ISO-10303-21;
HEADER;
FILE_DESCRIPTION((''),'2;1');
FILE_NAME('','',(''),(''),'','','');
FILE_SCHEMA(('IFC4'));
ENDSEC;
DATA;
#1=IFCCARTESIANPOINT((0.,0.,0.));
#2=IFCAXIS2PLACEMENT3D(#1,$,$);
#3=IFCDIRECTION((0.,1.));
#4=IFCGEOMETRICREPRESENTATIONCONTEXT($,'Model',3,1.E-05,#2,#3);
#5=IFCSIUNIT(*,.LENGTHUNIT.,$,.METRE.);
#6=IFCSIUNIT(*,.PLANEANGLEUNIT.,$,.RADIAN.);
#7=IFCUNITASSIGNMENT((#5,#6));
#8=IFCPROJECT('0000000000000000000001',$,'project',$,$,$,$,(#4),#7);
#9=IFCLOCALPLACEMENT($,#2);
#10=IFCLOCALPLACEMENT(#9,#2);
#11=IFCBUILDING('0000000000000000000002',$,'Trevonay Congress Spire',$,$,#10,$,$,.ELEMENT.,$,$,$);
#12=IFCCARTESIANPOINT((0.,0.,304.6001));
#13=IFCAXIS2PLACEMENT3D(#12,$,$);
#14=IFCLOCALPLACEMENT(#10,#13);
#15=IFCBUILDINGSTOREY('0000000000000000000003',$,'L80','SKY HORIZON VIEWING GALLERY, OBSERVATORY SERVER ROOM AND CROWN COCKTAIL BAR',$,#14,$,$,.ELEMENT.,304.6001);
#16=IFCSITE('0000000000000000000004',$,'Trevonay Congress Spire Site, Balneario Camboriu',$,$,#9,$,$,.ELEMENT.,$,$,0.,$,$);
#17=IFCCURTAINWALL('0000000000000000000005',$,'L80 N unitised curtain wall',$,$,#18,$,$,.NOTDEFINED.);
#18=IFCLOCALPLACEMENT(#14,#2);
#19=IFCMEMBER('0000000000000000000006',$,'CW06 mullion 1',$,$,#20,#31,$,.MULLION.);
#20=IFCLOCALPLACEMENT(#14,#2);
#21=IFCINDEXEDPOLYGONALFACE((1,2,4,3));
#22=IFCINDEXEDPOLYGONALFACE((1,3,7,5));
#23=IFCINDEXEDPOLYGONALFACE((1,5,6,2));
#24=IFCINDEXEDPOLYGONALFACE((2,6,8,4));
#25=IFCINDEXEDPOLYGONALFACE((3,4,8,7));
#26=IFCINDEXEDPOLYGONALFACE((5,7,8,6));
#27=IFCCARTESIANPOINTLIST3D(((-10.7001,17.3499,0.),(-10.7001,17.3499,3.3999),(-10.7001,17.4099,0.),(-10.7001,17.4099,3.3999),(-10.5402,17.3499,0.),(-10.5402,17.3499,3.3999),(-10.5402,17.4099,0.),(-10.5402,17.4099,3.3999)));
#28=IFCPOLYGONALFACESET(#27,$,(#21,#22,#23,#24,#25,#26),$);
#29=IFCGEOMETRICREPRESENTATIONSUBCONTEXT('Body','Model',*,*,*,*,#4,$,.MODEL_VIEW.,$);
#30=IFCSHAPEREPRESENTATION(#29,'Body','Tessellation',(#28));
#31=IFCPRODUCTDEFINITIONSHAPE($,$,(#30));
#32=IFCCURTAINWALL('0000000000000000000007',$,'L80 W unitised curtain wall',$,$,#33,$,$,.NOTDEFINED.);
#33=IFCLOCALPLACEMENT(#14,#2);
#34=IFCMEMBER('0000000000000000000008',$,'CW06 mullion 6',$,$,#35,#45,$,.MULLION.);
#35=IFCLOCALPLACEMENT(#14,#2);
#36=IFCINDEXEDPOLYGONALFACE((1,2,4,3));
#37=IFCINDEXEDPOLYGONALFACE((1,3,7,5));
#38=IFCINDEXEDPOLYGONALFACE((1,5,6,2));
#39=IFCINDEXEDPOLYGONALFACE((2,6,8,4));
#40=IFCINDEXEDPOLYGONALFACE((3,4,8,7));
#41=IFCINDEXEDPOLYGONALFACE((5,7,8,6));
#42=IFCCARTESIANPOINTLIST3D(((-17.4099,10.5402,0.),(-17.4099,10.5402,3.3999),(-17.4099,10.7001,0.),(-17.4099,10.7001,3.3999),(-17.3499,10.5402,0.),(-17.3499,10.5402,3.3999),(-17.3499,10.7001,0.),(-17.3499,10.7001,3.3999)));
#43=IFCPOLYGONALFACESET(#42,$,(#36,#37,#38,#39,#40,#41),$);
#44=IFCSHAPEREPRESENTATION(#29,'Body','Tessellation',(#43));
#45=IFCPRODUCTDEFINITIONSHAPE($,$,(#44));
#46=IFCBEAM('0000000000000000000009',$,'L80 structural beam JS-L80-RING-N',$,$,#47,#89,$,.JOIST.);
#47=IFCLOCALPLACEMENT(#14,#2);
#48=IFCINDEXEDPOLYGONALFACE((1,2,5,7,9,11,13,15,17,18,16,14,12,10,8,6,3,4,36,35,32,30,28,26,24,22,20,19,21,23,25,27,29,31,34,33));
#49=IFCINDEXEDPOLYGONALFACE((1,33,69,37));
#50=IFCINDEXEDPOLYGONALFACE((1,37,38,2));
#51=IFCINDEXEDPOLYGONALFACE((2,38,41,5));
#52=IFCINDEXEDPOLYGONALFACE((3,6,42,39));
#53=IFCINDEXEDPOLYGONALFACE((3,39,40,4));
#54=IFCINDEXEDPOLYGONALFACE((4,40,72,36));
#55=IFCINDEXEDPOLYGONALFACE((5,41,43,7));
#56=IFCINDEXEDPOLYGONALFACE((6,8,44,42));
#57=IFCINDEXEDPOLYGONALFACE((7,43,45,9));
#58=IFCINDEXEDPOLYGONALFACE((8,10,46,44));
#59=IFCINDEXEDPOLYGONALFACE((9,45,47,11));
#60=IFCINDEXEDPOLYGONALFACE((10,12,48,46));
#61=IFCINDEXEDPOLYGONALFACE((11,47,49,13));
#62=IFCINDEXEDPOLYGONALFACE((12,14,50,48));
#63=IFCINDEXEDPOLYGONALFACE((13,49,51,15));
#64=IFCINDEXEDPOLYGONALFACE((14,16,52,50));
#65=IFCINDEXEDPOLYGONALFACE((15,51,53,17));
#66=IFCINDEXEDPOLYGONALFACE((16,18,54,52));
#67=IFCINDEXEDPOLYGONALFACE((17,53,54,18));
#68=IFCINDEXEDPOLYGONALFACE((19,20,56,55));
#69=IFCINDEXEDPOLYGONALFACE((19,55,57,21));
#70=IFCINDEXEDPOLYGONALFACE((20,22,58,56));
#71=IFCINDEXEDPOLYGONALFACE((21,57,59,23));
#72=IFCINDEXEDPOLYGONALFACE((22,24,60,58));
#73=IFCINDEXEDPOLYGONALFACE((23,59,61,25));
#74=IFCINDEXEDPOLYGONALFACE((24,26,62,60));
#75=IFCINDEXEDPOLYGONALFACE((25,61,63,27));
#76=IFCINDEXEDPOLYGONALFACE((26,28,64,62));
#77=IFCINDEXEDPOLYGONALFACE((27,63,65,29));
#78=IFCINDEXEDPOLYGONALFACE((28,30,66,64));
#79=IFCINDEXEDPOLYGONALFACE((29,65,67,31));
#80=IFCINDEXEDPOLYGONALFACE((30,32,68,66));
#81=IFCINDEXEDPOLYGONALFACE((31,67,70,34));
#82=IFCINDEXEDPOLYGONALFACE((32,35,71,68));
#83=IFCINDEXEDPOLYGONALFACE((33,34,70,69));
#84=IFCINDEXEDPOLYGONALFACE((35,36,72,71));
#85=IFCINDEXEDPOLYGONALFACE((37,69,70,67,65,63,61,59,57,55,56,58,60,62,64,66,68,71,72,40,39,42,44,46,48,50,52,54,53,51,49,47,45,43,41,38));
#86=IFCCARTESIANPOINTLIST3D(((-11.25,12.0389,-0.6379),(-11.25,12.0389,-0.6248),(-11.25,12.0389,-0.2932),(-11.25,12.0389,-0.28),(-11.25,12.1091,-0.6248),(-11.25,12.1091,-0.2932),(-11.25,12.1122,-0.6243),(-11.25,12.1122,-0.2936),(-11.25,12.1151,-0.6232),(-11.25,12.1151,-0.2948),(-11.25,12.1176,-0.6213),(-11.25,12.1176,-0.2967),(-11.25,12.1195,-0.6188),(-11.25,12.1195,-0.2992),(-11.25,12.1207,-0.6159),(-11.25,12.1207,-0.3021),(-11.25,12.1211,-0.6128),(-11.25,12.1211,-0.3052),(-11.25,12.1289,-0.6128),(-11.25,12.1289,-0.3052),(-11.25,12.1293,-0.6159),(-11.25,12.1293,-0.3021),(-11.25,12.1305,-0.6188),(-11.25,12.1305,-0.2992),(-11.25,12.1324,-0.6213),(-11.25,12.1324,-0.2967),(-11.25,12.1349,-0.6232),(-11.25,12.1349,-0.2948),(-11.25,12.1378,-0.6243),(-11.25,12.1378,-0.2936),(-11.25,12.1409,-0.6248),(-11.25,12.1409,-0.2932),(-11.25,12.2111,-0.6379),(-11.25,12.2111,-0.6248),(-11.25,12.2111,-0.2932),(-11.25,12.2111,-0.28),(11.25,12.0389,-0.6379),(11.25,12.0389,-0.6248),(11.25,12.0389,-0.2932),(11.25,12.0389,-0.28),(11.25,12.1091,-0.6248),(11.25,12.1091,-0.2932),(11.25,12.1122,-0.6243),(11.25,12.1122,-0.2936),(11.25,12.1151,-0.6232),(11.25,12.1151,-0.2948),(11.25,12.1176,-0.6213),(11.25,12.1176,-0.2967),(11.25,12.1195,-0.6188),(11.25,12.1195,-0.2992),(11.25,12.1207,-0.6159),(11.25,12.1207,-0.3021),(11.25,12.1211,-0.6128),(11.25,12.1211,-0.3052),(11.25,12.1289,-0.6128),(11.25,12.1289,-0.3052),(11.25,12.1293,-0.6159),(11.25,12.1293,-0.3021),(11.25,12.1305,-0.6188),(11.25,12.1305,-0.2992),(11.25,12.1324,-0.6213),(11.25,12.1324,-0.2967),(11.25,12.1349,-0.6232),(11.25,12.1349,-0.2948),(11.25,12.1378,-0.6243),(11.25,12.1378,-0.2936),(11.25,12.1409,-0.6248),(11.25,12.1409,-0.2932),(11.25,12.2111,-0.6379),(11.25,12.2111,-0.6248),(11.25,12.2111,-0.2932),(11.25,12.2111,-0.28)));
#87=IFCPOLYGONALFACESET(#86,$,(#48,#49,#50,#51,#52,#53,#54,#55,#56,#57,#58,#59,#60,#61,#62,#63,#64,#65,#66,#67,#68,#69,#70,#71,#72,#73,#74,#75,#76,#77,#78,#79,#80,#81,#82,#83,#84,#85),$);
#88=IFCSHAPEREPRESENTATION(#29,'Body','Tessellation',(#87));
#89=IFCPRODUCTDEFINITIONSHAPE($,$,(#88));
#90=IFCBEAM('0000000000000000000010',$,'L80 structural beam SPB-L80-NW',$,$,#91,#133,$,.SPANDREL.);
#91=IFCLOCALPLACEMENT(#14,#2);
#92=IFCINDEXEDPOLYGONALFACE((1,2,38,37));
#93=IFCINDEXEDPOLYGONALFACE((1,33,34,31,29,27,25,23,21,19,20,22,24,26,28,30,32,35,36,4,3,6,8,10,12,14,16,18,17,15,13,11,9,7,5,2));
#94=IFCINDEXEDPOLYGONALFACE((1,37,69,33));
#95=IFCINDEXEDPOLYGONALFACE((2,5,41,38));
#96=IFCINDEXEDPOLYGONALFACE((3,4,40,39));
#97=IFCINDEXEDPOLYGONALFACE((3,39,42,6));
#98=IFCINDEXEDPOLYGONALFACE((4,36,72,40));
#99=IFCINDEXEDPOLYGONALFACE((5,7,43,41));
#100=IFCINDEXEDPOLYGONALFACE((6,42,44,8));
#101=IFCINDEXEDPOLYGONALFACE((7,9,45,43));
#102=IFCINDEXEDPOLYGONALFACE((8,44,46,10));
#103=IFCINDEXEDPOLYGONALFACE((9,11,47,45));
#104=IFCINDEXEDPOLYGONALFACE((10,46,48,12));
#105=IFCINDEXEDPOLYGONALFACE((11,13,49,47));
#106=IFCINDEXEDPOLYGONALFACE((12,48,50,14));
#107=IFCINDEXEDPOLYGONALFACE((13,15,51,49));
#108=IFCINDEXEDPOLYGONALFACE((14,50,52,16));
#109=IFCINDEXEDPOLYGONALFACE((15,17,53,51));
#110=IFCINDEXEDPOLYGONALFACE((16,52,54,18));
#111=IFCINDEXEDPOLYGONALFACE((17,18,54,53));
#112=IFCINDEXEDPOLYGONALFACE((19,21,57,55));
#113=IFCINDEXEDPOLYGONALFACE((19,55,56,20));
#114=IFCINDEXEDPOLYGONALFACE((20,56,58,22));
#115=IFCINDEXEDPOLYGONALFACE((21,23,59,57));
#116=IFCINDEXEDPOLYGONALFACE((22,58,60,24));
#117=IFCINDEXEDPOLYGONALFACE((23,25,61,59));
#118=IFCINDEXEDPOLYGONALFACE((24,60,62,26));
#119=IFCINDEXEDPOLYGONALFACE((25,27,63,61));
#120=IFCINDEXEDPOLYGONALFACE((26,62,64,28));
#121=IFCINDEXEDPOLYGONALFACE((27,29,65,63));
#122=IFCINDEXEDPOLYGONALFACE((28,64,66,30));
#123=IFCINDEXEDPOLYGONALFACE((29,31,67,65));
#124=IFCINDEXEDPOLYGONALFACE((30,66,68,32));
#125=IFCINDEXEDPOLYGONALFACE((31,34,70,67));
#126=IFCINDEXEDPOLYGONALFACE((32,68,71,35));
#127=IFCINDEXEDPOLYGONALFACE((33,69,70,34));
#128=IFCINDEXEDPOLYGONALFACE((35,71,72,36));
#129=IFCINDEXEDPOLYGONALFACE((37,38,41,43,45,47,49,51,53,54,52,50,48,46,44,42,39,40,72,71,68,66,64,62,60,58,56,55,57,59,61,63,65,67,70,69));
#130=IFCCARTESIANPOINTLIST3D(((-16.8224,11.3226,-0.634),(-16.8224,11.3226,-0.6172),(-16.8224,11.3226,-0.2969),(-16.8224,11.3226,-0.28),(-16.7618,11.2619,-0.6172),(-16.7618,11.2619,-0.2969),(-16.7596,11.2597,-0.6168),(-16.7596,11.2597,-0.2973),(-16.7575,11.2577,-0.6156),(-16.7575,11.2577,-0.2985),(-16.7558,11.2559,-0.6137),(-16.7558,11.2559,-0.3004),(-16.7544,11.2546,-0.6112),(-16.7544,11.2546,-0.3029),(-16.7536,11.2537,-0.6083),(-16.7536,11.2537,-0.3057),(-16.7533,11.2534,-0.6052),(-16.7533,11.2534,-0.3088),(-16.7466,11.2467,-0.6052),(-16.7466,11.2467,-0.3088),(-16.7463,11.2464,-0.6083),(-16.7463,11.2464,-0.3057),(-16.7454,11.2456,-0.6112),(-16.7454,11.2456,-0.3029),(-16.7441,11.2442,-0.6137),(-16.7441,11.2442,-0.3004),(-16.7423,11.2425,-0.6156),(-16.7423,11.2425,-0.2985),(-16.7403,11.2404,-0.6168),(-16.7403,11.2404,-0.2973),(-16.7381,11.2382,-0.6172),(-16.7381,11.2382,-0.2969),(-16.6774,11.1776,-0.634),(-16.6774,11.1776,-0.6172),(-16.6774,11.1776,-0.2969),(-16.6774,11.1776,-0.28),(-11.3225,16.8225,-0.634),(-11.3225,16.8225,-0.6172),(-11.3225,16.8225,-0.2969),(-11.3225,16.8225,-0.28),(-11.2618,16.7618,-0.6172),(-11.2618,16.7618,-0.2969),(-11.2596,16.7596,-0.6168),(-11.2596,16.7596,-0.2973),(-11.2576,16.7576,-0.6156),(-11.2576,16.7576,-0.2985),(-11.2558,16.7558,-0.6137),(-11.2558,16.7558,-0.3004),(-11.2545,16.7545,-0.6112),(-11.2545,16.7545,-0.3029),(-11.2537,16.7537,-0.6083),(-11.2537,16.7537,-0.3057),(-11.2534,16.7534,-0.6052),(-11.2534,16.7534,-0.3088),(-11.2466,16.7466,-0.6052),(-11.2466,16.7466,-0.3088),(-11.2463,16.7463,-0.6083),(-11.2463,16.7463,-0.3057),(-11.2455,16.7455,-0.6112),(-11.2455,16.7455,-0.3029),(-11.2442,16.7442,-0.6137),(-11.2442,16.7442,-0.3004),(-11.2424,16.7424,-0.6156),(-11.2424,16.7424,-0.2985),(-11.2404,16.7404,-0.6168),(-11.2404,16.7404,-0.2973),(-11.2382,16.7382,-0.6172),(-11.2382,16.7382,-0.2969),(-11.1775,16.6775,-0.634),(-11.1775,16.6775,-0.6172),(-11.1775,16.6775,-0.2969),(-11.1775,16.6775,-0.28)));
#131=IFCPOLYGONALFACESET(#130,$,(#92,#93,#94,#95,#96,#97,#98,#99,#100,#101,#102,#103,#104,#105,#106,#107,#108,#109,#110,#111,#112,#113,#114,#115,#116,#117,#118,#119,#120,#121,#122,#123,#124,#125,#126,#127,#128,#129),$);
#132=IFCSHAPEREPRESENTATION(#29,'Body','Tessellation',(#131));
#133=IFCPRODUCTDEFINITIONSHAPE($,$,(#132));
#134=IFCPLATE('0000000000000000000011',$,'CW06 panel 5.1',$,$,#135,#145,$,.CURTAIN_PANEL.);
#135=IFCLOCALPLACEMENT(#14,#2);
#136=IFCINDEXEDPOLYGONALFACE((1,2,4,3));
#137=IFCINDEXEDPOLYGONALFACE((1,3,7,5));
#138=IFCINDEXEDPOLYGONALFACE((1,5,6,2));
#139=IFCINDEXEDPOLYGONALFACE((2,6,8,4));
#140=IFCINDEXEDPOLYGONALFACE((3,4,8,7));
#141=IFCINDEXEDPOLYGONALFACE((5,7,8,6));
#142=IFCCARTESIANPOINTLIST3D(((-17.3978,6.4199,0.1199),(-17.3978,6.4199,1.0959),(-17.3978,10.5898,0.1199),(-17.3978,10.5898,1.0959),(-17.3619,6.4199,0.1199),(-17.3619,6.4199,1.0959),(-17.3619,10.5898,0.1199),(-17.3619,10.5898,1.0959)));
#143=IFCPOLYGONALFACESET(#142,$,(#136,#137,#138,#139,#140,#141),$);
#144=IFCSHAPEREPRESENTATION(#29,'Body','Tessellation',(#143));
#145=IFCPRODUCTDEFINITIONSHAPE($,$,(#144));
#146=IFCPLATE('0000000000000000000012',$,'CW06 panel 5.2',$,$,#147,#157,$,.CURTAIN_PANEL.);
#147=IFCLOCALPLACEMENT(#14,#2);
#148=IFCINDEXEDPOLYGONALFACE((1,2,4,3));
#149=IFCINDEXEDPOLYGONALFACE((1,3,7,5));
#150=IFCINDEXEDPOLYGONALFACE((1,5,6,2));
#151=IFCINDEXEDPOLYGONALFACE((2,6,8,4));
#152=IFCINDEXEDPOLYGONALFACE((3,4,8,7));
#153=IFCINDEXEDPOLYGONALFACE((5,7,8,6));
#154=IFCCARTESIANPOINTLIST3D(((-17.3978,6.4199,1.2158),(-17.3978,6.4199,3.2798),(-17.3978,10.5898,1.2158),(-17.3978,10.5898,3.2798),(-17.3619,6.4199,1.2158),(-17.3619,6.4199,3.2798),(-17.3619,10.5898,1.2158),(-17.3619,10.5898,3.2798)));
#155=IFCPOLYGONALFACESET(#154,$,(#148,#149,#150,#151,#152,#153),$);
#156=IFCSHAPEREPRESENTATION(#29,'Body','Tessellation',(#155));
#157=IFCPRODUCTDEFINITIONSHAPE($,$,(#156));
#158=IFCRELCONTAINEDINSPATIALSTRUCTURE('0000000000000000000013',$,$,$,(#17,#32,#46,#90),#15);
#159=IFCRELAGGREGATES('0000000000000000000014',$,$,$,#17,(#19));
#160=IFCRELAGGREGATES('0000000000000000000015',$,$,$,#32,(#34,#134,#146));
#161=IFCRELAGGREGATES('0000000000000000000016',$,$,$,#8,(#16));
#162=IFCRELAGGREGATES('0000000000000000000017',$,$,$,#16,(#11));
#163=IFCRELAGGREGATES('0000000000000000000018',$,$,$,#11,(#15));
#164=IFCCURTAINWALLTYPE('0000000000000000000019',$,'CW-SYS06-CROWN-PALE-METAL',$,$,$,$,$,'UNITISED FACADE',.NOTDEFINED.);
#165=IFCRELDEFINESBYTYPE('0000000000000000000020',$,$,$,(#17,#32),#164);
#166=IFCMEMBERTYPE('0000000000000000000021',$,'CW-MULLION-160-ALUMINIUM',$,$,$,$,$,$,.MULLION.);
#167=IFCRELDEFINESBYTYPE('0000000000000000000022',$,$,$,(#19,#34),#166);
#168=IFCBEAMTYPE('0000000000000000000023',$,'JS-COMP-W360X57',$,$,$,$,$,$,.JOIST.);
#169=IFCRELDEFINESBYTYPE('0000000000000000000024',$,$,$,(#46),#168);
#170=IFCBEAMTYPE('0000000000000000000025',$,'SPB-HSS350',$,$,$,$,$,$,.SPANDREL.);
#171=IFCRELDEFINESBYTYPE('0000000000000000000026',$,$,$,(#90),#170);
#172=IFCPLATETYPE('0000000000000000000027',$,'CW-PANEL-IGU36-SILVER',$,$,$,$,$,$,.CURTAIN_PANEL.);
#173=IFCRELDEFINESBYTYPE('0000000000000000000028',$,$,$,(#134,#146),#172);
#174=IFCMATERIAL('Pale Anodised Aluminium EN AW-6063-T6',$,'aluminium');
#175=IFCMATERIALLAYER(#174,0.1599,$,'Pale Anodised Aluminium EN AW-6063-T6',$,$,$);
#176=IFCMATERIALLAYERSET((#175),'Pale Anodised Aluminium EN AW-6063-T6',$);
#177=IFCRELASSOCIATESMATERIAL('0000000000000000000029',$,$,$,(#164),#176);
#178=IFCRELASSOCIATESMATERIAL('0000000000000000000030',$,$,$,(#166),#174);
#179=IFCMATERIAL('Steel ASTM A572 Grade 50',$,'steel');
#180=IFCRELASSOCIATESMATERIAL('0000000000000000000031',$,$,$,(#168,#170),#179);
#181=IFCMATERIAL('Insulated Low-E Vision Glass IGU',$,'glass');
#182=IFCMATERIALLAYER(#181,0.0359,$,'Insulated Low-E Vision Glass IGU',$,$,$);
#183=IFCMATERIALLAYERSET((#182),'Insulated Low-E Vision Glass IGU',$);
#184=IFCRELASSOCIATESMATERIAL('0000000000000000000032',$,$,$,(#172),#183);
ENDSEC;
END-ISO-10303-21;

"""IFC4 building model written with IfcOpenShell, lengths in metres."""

from ifc_helpers import new_model, si_unit, direction, frame, origin, origin_2d, place, context, subcontext, project, spatial, rectangle, i_section, extrude, material, layer, layer_set, material_profile, profile_set, type_object, element, aggregate, save


model = new_model("IFC4")

# Units and contexts
model_context = context("Model", 3, precision=1e-05, world=origin(), true_north=direction((0.0, 1.0)))
body_context = subcontext(model_context, "Body", "Model", "MODEL_VIEW")
ifc_project = project(units=[si_unit("LENGTHUNIT", "METRE"), si_unit("PLANEANGLEUNIT", "RADIAN")], contexts=[model_context])

# Site, building, storey
site_placement = place(None, origin())
site = spatial("IfcSite", under=ifc_project, at=site_placement, Name="Trevonay Congress Spire Site, Balneario Camboriu", CompositionType="ELEMENT", RefElevation=0.0)
building_placement = place(site_placement, origin())
building = spatial("IfcBuilding", under=site, at=building_placement, Name="Trevonay Congress Spire", CompositionType="ELEMENT")
storey_placement = place(building_placement, frame((0.0, 0.0, 304.6001)))
storey = spatial("IfcBuildingStorey", under=building, at=storey_placement, Name="L80", Description="SKY HORIZON VIEWING GALLERY, OBSERVATORY SERVER ROOM AND CROWN COCKTAIL BAR", CompositionType="ELEMENT", Elevation=304.6001)

# Shared definitions
ifc_material_1 = material(Name="Steel ASTM A572 Grade 50", Category="steel")

# Curtain walls, members
ifc_material_2 = material(Name="Pale Anodised Aluminium EN AW-6063-T6", Category="aluminium")
ifc_layer_1 = layer(ifc_material_2, 0.1599, Name="Pale Anodised Aluminium EN AW-6063-T6")
ifc_layer_set_1 = layer_set([ifc_layer_1], Name="Pale Anodised Aluminium EN AW-6063-T6")
curtain_wall_type = type_object("IfcCurtainWallType", Name="CW-SYS06-CROWN-PALE-METAL", ElementType="UNITISED FACADE", PredefinedType="NOTDEFINED", material=ifc_layer_set_1)
curtain_wall_1_placement = place(storey_placement, origin())
curtain_wall_1 = element("IfcCurtainWall", 1, at=curtain_wall_1_placement, inside=storey, type_object=curtain_wall_type, Name="L80 N unitised curtain wall", PredefinedType="NOTDEFINED")
ifc_material_profile_1 = material_profile(ifc_material_2, rectangle(XDim=0.0601, YDim=0.1599, at=origin_2d()), Name="CW-MULLION-160-ALUMINIUM")
ifc_profile_set_1 = profile_set([ifc_material_profile_1], Name="Pale Anodised Aluminium EN AW-6063-T6")
member_type = type_object("IfcMemberType", Name="CW-MULLION-160-ALUMINIUM", PredefinedType="MULLION", material=ifc_profile_set_1)
member_1_placement = place(storey_placement, frame((-10.6201, 17.3799, 0.0), z_axis=(0.0, 0.0, 1.0), x_axis=(0.0, 1.0, 0.0)))
member_1 = element("IfcMember", 2, at=member_1_placement, type_object=member_type, Name="CW06 mullion 1", PredefinedType="MULLION", context=body_context, shape_type="SweptSolid", body=[
    extrude(rectangle(XDim=0.0601, YDim=0.1599, at=origin_2d()), origin(), (0.0, 0.0, 1.0), 3.3999),
])
aggregate(curtain_wall_1, [member_1])
curtain_wall_2_placement = place(storey_placement, origin())
curtain_wall_2 = element("IfcCurtainWall", 3, at=curtain_wall_2_placement, inside=storey, type_object=curtain_wall_type, Name="L80 W unitised curtain wall", PredefinedType="NOTDEFINED")
member_2_placement = place(storey_placement, frame((-17.3799, 10.6201, 0.0), z_axis=(0.0, 0.0, 1.0), x_axis=(-1.0, 0.0, 0.0)))
member_2 = element("IfcMember", 4, at=member_2_placement, type_object=member_type, Name="CW06 mullion 6", PredefinedType="MULLION", context=body_context, shape_type="SweptSolid", body=[
    extrude(rectangle(XDim=0.0601, YDim=0.1599, at=origin_2d()), origin(), (0.0, 0.0, 1.0), 3.3999),
])

# Beams
ifc_material_profile_2 = material_profile(ifc_material_1, i_section(OverallWidth=0.1721, OverallDepth=0.3579, WebThickness=0.0078, FlangeThickness=0.0132, FilletRadius=0.012, at=origin_2d()), Name="W360x57.8")
ifc_profile_set_2 = profile_set([ifc_material_profile_2], Name="Steel ASTM A572 Grade 50")
beam_type_1 = type_object("IfcBeamType", Name="JS-COMP-W360X57", PredefinedType="JOIST", material=ifc_profile_set_2)
beam_1_placement = place(storey_placement, frame((-11.25, 12.125, -0.459), z_axis=(1.0, 0.0, 0.0), x_axis=(0.0, 1.0, 0.0)))
element("IfcBeam", 5, at=beam_1_placement, inside=storey, type_object=beam_type_1, Name="L80 structural beam JS-L80-RING-N", PredefinedType="JOIST", context=body_context, shape_type="SweptSolid", body=[
    extrude(i_section(OverallWidth=0.1721, OverallDepth=0.3579, WebThickness=0.0078, FlangeThickness=0.0132, FilletRadius=0.012, at=origin_2d()), origin(), (0.0, 0.0, 1.0), 22.5),
])
ifc_material_profile_3 = material_profile(ifc_material_1, i_section(OverallWidth=0.2051, OverallDepth=0.354, WebThickness=0.0095, FlangeThickness=0.0168, FilletRadius=0.012, at=origin_2d()), Name="W360x79")
ifc_profile_set_3 = profile_set([ifc_material_profile_3], Name="Steel ASTM A572 Grade 50")
beam_type_2 = type_object("IfcBeamType", Name="SPB-HSS350", PredefinedType="SPANDREL", material=ifc_profile_set_3)
beam_2_placement = place(storey_placement, frame((-11.25, 16.75, -0.457), z_axis=(-0.707107, -0.707107, 0.0), x_axis=(0.707107, -0.707107, 0.0)))
element("IfcBeam", 6, at=beam_2_placement, inside=storey, type_object=beam_type_2, Name="L80 structural beam SPB-L80-NW", PredefinedType="SPANDREL", context=body_context, shape_type="SweptSolid", body=[
    extrude(i_section(OverallWidth=0.2051, OverallDepth=0.354, WebThickness=0.0095, FlangeThickness=0.0168, FilletRadius=0.012, at=origin_2d()), origin(), (0.0, 0.0, 1.0), 7.7781),
])

# Plates
ifc_material_3 = material(Name="Insulated Low-E Vision Glass IGU", Category="glass")
ifc_layer_2 = layer(ifc_material_3, 0.0359, Name="Insulated Low-E Vision Glass IGU")
ifc_layer_set_2 = layer_set([ifc_layer_2], Name="Insulated Low-E Vision Glass IGU")
plate_type = type_object("IfcPlateType", Name="CW-PANEL-IGU36-SILVER", PredefinedType="CURTAIN_PANEL", material=ifc_layer_set_2)
plate_1_placement = place(storey_placement, frame((-17.3799, 8.5049, 0.1199), z_axis=(0.0, 0.0, 1.0), x_axis=(0.0, 1.0, 0.0)))
plate_1 = element("IfcPlate", 7, at=plate_1_placement, type_object=plate_type, Name="CW06 panel 5.1", PredefinedType="CURTAIN_PANEL", context=body_context, shape_type="SweptSolid", body=[
    extrude(rectangle(XDim=4.1699, YDim=0.0359, at=origin_2d()), origin(), (0.0, 0.0, 1.0), 0.9761),
])
plate_2_placement = place(storey_placement, frame((-17.3799, 8.5049, 1.2158), z_axis=(0.0, 0.0, 1.0), x_axis=(0.0, 1.0, 0.0)))
plate_2 = element("IfcPlate", 8, at=plate_2_placement, type_object=plate_type, Name="CW06 panel 5.2", PredefinedType="CURTAIN_PANEL", context=body_context, shape_type="SweptSolid", body=[
    extrude(rectangle(XDim=4.1699, YDim=0.0359, at=origin_2d()), origin(), (0.0, 0.0, 1.0), 2.064),
])
aggregate(curtain_wall_2, [member_2, plate_1, plate_2])

save(model, "model.ifc")
